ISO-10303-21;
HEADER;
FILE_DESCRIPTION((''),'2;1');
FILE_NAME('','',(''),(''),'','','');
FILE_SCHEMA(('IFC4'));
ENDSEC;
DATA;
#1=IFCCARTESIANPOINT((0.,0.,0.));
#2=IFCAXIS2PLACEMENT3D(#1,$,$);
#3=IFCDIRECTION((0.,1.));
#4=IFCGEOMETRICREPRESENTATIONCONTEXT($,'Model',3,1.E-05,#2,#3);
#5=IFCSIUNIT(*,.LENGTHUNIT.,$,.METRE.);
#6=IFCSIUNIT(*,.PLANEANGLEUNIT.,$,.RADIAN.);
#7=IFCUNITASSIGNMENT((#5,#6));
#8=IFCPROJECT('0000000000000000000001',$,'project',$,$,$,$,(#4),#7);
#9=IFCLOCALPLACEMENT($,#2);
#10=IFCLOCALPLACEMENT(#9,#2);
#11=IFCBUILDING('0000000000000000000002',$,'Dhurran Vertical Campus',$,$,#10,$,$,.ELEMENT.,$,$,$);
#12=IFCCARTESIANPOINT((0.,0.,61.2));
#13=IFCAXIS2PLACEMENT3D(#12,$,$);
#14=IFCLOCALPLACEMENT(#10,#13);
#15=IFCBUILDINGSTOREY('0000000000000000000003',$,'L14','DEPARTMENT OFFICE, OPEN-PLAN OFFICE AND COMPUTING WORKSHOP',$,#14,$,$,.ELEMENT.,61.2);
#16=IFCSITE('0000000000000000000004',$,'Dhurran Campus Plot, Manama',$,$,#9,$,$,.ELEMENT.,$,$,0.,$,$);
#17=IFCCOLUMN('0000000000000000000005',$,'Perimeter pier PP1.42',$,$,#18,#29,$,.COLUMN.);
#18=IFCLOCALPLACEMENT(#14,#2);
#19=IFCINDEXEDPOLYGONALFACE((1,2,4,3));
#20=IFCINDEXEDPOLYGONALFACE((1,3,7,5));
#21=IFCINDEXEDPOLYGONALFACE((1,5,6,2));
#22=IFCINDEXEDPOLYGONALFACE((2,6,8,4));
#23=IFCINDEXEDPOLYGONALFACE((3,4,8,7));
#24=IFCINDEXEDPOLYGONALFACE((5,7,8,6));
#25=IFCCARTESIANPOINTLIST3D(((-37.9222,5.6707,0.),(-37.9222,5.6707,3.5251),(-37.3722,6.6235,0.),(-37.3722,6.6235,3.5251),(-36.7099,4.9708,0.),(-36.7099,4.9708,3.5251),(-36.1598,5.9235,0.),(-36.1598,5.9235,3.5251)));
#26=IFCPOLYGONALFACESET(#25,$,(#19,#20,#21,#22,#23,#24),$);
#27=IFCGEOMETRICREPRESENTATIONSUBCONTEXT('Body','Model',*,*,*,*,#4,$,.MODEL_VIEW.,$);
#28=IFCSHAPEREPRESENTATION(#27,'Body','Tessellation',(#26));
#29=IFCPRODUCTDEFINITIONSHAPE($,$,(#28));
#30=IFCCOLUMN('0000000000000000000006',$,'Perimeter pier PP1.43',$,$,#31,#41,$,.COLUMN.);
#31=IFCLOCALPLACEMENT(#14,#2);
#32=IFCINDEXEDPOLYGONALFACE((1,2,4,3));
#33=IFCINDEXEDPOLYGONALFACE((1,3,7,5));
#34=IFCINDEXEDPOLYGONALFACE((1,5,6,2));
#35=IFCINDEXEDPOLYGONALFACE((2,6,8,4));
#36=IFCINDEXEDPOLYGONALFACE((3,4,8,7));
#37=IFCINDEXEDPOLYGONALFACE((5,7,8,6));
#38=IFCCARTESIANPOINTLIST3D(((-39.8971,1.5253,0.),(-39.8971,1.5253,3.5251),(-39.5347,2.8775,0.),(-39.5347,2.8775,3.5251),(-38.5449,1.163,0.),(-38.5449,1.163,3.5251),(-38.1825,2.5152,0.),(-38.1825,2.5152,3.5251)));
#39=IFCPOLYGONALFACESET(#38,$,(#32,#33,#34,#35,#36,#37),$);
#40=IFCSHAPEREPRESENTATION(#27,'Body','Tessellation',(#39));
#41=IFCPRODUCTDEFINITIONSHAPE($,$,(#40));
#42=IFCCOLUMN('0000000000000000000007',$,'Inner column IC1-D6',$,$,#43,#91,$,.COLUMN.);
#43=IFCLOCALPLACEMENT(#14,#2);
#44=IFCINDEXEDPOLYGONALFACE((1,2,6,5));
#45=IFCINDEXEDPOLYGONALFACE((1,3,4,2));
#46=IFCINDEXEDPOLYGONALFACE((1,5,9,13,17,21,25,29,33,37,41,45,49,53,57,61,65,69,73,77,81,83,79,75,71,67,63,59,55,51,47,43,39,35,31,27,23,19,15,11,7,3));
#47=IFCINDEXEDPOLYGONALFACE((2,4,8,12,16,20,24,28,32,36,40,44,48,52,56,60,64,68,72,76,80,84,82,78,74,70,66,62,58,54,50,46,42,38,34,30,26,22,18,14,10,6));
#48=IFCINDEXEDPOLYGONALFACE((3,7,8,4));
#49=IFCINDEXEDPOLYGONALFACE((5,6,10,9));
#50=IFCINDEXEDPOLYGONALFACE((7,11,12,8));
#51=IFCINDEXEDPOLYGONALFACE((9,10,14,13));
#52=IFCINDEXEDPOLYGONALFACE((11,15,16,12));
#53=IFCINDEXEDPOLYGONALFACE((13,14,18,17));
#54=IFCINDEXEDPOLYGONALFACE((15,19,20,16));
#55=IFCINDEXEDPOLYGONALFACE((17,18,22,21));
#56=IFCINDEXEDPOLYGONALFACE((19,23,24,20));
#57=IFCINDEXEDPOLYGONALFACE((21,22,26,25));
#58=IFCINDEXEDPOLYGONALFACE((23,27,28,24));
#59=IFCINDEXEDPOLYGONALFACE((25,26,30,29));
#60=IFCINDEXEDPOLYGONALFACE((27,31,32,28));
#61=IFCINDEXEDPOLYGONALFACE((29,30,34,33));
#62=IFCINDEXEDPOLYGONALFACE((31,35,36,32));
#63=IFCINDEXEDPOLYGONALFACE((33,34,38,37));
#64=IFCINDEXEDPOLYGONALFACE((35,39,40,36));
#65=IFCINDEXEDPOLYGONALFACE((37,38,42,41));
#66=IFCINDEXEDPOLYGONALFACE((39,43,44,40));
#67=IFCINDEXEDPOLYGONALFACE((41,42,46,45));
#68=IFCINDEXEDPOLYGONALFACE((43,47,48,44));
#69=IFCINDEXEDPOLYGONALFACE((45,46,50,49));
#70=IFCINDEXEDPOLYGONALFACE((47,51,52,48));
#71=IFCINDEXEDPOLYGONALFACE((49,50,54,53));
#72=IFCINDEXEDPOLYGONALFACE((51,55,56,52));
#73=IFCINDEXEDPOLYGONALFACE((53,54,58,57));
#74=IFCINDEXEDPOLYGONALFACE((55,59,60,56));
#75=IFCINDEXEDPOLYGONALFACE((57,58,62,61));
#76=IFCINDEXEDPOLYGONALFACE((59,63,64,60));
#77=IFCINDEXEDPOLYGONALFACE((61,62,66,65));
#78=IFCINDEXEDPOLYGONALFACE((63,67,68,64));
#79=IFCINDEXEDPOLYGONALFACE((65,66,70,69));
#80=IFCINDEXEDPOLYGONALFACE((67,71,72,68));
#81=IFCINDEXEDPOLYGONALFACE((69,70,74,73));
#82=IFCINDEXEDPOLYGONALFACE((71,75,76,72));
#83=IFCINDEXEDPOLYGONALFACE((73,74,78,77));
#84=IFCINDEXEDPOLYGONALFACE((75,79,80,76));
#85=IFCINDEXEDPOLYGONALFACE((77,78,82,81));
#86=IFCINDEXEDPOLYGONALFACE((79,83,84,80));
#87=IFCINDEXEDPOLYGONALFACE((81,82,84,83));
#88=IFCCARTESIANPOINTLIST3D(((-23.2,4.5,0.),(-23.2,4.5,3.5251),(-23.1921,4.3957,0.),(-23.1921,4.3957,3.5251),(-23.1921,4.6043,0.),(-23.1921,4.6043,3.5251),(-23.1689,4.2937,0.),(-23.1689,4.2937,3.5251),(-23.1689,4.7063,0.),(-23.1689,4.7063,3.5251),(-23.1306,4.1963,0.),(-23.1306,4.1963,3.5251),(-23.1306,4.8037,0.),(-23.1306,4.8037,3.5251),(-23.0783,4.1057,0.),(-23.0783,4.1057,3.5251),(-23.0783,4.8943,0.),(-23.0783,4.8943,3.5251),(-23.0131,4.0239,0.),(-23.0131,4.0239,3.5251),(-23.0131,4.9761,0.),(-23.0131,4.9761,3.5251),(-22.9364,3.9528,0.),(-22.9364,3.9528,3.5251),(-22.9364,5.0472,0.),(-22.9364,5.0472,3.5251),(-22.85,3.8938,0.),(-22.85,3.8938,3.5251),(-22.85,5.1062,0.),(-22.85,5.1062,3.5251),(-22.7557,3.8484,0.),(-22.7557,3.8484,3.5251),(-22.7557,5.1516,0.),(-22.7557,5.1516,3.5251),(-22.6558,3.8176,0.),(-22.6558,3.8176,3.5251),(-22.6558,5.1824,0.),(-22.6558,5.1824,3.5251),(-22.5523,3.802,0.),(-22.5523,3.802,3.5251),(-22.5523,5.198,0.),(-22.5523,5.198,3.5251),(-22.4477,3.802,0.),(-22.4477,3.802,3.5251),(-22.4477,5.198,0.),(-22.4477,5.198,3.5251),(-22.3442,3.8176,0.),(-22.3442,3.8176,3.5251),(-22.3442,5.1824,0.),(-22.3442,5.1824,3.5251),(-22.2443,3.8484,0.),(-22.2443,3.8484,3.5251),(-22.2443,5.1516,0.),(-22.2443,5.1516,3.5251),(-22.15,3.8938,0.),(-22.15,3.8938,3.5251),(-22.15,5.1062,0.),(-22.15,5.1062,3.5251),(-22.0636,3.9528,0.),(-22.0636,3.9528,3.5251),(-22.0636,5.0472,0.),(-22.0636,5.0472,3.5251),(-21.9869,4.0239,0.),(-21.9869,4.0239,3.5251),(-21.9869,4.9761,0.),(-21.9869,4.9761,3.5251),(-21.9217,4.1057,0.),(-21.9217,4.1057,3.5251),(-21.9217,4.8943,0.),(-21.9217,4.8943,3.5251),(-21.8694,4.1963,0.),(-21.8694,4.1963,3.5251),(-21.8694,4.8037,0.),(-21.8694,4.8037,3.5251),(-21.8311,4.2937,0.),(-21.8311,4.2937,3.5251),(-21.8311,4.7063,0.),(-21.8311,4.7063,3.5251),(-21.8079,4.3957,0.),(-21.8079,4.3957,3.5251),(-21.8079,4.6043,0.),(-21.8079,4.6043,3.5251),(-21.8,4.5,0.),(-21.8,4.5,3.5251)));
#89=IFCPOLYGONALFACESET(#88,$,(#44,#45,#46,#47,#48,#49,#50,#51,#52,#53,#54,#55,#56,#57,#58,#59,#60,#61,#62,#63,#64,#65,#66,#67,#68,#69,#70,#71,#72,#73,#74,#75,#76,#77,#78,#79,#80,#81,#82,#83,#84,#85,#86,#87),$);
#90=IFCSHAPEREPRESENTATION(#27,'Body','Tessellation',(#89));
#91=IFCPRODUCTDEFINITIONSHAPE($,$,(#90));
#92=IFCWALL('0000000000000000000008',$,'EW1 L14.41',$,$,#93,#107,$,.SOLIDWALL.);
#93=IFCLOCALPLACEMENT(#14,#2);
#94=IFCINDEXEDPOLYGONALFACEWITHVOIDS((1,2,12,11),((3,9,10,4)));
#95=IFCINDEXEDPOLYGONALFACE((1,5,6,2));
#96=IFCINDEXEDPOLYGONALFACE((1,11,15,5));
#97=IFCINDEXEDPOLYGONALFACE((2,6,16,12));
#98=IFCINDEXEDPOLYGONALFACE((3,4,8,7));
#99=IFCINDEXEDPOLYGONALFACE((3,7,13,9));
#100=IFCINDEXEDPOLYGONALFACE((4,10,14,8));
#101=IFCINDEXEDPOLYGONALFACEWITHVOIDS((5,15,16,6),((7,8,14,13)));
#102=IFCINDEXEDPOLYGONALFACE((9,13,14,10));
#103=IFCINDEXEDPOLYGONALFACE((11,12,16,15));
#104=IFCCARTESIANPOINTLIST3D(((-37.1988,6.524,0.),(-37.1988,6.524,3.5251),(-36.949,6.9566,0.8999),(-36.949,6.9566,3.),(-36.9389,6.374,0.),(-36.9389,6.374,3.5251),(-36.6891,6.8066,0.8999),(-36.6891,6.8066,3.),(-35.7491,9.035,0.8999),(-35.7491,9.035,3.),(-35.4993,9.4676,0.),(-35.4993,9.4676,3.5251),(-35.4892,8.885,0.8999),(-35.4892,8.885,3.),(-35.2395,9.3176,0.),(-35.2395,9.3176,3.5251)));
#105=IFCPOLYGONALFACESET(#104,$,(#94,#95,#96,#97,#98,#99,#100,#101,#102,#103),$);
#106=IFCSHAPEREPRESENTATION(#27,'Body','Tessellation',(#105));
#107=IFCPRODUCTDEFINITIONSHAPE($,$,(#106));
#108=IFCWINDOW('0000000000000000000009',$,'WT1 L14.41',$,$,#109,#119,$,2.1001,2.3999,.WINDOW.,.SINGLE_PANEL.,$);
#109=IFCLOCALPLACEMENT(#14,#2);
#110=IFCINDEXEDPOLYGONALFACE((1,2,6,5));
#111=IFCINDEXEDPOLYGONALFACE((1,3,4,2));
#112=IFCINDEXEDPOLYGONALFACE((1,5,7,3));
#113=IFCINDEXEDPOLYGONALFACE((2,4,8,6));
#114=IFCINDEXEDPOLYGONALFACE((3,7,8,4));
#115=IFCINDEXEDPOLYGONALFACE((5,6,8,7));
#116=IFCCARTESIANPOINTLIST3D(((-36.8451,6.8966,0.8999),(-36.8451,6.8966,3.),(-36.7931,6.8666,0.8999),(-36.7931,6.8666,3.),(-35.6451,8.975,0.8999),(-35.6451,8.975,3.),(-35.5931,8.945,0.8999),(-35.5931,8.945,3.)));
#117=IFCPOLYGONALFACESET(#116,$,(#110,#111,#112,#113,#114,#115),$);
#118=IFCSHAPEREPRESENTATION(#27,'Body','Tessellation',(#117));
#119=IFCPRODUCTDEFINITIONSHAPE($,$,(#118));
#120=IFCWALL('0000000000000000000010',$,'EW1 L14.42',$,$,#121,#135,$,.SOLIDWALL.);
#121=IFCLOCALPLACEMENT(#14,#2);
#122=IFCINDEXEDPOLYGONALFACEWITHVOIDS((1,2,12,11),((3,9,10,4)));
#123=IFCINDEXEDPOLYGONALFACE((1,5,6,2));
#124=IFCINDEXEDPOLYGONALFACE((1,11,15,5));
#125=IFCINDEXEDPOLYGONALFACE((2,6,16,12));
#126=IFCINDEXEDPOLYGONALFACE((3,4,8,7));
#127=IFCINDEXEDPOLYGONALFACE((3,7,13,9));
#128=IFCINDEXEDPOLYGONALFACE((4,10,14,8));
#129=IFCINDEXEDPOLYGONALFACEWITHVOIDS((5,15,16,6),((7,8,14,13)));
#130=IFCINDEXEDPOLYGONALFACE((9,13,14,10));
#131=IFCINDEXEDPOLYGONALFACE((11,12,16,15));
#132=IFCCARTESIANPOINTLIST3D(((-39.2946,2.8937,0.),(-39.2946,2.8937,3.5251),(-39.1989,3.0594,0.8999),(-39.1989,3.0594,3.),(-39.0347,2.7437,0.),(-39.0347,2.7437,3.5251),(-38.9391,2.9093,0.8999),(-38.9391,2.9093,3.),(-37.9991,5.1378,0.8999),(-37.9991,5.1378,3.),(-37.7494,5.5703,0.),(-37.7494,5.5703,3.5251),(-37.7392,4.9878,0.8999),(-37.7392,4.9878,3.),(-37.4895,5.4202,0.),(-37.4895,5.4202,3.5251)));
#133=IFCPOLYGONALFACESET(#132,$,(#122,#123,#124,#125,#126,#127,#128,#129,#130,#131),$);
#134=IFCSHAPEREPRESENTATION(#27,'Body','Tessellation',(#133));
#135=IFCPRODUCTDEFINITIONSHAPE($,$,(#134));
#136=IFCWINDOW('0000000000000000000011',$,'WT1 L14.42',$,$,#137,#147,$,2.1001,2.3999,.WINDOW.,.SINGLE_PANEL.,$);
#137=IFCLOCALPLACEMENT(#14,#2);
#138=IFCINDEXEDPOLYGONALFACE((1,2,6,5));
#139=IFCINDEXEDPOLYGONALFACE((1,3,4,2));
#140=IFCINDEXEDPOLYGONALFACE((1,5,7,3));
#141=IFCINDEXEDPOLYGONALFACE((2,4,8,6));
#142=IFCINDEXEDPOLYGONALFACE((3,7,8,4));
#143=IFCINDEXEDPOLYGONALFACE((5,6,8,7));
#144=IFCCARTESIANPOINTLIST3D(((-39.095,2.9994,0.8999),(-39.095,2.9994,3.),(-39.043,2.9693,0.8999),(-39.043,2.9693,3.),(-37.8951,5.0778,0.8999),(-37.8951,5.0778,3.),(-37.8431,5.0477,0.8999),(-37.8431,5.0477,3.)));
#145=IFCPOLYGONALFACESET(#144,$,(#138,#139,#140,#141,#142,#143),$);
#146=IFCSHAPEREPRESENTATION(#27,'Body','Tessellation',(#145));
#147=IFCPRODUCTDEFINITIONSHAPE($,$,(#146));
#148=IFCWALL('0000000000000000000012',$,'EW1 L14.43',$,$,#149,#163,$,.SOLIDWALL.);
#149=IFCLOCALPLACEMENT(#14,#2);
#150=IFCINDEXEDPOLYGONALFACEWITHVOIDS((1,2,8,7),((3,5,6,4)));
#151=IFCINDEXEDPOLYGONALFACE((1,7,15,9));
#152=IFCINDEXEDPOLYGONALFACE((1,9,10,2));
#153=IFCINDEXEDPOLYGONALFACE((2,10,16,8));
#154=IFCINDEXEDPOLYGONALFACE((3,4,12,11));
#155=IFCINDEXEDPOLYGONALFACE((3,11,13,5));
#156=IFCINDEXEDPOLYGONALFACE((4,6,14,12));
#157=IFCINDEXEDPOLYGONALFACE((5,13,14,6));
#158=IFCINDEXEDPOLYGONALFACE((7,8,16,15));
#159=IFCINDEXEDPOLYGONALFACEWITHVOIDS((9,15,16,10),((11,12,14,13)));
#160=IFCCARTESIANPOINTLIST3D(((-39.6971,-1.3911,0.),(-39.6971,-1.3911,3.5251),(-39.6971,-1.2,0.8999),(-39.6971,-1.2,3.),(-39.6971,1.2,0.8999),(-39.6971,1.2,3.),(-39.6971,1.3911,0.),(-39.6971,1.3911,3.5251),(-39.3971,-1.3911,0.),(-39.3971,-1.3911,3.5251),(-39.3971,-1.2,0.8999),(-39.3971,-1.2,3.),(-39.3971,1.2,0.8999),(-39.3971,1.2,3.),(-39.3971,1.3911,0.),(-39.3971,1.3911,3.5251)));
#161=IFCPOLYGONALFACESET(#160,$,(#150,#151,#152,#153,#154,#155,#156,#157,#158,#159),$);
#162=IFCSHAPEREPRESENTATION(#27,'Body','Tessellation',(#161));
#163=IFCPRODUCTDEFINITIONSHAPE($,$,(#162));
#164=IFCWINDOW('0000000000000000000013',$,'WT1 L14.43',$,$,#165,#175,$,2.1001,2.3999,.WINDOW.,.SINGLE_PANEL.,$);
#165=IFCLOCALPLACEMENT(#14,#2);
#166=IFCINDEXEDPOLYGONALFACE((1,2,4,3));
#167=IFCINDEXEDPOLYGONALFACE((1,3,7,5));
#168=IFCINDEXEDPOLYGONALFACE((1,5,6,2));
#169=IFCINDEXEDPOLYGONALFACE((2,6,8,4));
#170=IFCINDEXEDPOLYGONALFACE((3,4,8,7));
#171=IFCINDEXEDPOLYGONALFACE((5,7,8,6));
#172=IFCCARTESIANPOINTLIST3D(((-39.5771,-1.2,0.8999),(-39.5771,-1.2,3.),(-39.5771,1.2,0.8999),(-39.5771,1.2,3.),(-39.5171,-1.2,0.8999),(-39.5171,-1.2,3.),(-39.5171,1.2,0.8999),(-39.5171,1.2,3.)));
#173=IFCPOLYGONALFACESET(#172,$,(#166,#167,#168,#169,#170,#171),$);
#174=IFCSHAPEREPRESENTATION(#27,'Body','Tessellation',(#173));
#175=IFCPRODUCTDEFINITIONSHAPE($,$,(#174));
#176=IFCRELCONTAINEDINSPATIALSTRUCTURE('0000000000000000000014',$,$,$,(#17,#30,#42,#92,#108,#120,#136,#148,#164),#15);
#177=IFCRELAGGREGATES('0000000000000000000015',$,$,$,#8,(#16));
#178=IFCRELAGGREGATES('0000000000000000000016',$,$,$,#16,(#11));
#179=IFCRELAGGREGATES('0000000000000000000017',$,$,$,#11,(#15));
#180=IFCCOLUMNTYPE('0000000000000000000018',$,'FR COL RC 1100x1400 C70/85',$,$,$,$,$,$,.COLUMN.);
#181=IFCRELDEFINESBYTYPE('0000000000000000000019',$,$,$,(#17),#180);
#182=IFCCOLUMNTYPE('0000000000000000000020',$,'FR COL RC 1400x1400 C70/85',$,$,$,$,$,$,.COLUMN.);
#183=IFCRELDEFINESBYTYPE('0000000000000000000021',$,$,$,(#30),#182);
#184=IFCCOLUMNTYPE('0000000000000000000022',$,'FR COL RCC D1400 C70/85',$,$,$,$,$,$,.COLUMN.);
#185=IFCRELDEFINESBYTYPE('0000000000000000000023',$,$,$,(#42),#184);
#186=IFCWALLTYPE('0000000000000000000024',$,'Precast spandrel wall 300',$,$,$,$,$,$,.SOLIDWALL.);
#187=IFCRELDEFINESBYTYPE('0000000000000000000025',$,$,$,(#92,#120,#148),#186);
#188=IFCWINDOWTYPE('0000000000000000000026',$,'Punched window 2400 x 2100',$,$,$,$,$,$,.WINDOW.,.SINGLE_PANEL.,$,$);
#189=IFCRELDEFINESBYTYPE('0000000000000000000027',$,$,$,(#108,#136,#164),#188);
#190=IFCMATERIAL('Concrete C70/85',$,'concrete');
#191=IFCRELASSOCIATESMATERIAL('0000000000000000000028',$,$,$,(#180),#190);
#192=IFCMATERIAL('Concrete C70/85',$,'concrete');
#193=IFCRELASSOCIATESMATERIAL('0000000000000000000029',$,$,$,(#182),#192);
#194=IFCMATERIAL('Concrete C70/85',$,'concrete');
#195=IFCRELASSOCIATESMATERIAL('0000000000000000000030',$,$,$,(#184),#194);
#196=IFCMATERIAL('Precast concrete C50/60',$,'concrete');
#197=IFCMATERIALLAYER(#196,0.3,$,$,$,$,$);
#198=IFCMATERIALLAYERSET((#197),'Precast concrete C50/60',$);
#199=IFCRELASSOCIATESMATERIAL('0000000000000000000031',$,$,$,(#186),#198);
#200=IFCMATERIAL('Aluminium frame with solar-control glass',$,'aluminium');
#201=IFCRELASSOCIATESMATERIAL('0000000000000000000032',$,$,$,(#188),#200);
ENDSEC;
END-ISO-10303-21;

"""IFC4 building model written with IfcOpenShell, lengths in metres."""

from ifc_helpers import new_model, si_unit, direction, frame, frame_2d, origin, origin_2d, place, context, subcontext, project, spatial, rectangle, circle, extrude, material, layer, layer_set, material_profile, profile_set, type_object, element, fill, save


model = new_model("IFC4")

# Units and contexts
model_context = context("Model", 3, precision=1e-05, world=origin(), true_north=direction((0.0, 1.0)))
body_context = subcontext(model_context, "Body", "Model", "MODEL_VIEW")
ifc_project = project(units=[si_unit("LENGTHUNIT", "METRE"), si_unit("PLANEANGLEUNIT", "RADIAN")], contexts=[model_context])

# Site, building, storey
site_placement = place(None, origin())
site = spatial("IfcSite", under=ifc_project, at=site_placement, Name="Dhurran Campus Plot, Manama", CompositionType="ELEMENT", RefElevation=0.0)
building_placement = place(site_placement, origin())
building = spatial("IfcBuilding", under=site, at=building_placement, Name="Dhurran Vertical Campus", CompositionType="ELEMENT")
storey_placement = place(building_placement, frame((0.0, 0.0, 61.2)))
storey = spatial("IfcBuildingStorey", under=building, at=storey_placement, Name="L14", Description="DEPARTMENT OFFICE, OPEN-PLAN OFFICE AND COMPUTING WORKSHOP", CompositionType="ELEMENT", Elevation=61.2)

# Columns
ifc_material_1 = material(Name="Concrete C70/85", Category="concrete")
ifc_material_profile_1 = material_profile(ifc_material_1, rectangle(XDim=1.1001, YDim=1.3999, at=origin_2d()), Name="RC 1100x1400")
ifc_profile_set_1 = profile_set([ifc_material_profile_1], Name="Concrete C70/85")
column_type_1 = type_object("IfcColumnType", Name="FR COL RC 1100x1400 C70/85", PredefinedType="COLUMN", material=ifc_profile_set_1)
column_1_placement = place(storey_placement, frame((-37.041, 5.7971, 0.0), z_axis=(0.0, 0.0, 1.0), x_axis=(-0.5, -0.866025, 0.0)))
element("IfcColumn", 1, at=column_1_placement, inside=storey, type_object=column_type_1, Name="Perimeter pier PP1.42", PredefinedType="COLUMN", context=body_context, shape_type="SweptSolid", body=[
    extrude(rectangle(XDim=1.1001, YDim=1.3999, at=origin_2d()), origin(), (0.0, 0.0, 1.0), 3.5251),
])
ifc_material_2 = material(Name="Concrete C70/85", Category="concrete")
ifc_material_profile_2 = material_profile(ifc_material_2, rectangle(XDim=1.3999, YDim=1.3999, at=origin_2d()), Name="RC 1400x1400")
ifc_profile_set_2 = profile_set([ifc_material_profile_2], Name="Concrete C70/85")
column_type_2 = type_object("IfcColumnType", Name="FR COL RC 1400x1400 C70/85", PredefinedType="COLUMN", material=ifc_profile_set_2)
column_2_placement = place(storey_placement, frame((-39.0398, 2.0203, 0.0), z_axis=(0.0, 0.0, 1.0), x_axis=(-0.258819, -0.965926, 0.0)))
element("IfcColumn", 2, at=column_2_placement, inside=storey, type_object=column_type_2, Name="Perimeter pier PP1.43", PredefinedType="COLUMN", context=body_context, shape_type="SweptSolid", body=[
    extrude(rectangle(XDim=1.3999, YDim=1.3999, at=origin_2d()), origin(), (0.0, 0.0, 1.0), 3.5251),
])
ifc_material_3 = material(Name="Concrete C70/85", Category="concrete")
ifc_material_profile_3 = material_profile(ifc_material_3, circle(Radius=0.7, at=origin_2d()), Name="RCC D1400")
ifc_profile_set_3 = profile_set([ifc_material_profile_3], Name="Concrete C70/85")
column_type_3 = type_object("IfcColumnType", Name="FR COL RCC D1400 C70/85", PredefinedType="COLUMN", material=ifc_profile_set_3)
column_3_placement = place(storey_placement, frame((-22.5, 4.5, 0.0), z_axis=(0.0, 0.0, 1.0), x_axis=(1.0, 0.0, 0.0)))
element("IfcColumn", 3, at=column_3_placement, inside=storey, type_object=column_type_3, Name="Inner column IC1-D6", PredefinedType="COLUMN", context=body_context, shape_type="SweptSolid", body=[
    extrude(circle(Radius=0.7, at=origin_2d()), origin(), (0.0, 0.0, 1.0), 3.5251),
])

# Walls, openings, windows
ifc_material_4 = material(Name="Precast concrete C50/60", Category="concrete")
ifc_layer_1 = layer(ifc_material_4, 0.3)
ifc_layer_set_1 = layer_set([ifc_layer_1], Name="Precast concrete C50/60")
wall_type_1 = type_object("IfcWallType", Name="Precast spandrel wall 300", PredefinedType="SOLIDWALL", material=ifc_layer_set_1)
wall_1_placement = place(storey_placement, frame((-35.3694, 9.3926, 0.0), z_axis=(0.0, 0.0, 1.0), x_axis=(-0.499994, -0.866029, 0.0)))
wall_1 = element("IfcWall", 4, at=wall_1_placement, inside=storey, type_object=wall_type_1, Name="EW1 L14.41", PredefinedType="SOLIDWALL", context=body_context, shape_type="SweptSolid", body=[
    extrude(rectangle(XDim=3.3989, YDim=0.3, at=frame_2d((1.6995, 0.0))), origin(), (0.0, 0.0, 1.0), 3.5251),
])
opening_1_placement = place(wall_1_placement, frame((0.4995, 0.0, 0.8999)))
opening_1 = element("IfcOpeningElement", 5, at=opening_1_placement, cuts=wall_1, PredefinedType="OPENING", context=body_context, shape_type="SweptSolid", body=[
    extrude(rectangle(XDim=2.3999, YDim=2.1001, at=frame_2d((1.2, 1.05))), frame((0.0, 0.1599, 0.0), z_axis=(0.0, -1.0, 0.0), x_axis=(1.0, 0.0, 0.0)), (0.0, 0.0, 1.0), 0.3201),
])
ifc_material_5 = material(Name="Aluminium frame with solar-control glass", Category="aluminium")
window_type = type_object("IfcWindowType", Name="Punched window 2400 x 2100", PartitioningType="SINGLE_PANEL", PredefinedType="WINDOW", material=ifc_material_5)
window_1_placement = place(opening_1_placement, origin())
window_1 = element("IfcWindow", 6, at=window_1_placement, inside=storey, type_object=window_type, Name="WT1 L14.41", OverallHeight=2.1001, OverallWidth=2.3999, PartitioningType="SINGLE_PANEL", PredefinedType="WINDOW", context=body_context, shape_type="SweptSolid", body=[
    extrude(rectangle(XDim=2.3999, YDim=2.1001, at=frame_2d((1.2, 1.05))), frame((0.0, 0.03, 0.0), z_axis=(0.0, -1.0, 0.0), x_axis=(1.0, 0.0, 0.0)), (0.0, 0.0, 1.0), 0.0601),
])
fill(opening_1, window_1)
wall_2_placement = place(storey_placement, frame((-37.6194, 5.4954, 0.0), z_axis=(0.0, 0.0, 1.0), x_axis=(-0.499971, -0.866042, 0.0)))
wall_2 = element("IfcWall", 7, at=wall_2_placement, inside=storey, type_object=wall_type_1, Name="EW1 L14.42", PredefinedType="SOLIDWALL", context=body_context, shape_type="SweptSolid", body=[
    extrude(rectangle(XDim=3.0906, YDim=0.3, at=frame_2d((1.5454, 0.0))), origin(), (0.0, 0.0, 1.0), 3.5251),
])
opening_2_placement = place(wall_2_placement, frame((0.4995, 0.0, 0.8999)))
opening_2 = element("IfcOpeningElement", 8, at=opening_2_placement, cuts=wall_2, PredefinedType="OPENING", context=body_context, shape_type="SweptSolid", body=[
    extrude(rectangle(XDim=2.3999, YDim=2.1001, at=frame_2d((1.2, 1.05))), frame((0.0, 0.1599, 0.0), z_axis=(0.0, -1.0, 0.0), x_axis=(1.0, 0.0, 0.0)), (0.0, 0.0, 1.0), 0.3201),
])
window_2_placement = place(opening_2_placement, origin())
window_2 = element("IfcWindow", 9, at=window_2_placement, inside=storey, type_object=window_type, Name="WT1 L14.42", OverallHeight=2.1001, OverallWidth=2.3999, PartitioningType="SINGLE_PANEL", PredefinedType="WINDOW", context=body_context, shape_type="SweptSolid", body=[
    extrude(rectangle(XDim=2.3999, YDim=2.1001, at=frame_2d((1.2, 1.05))), frame((0.0, 0.03, 0.0), z_axis=(0.0, -1.0, 0.0), x_axis=(1.0, 0.0, 0.0)), (0.0, 0.0, 1.0), 0.0601),
])
fill(opening_2, window_2)
wall_3_placement = place(storey_placement, frame((-39.5471, 1.3911, 0.0), z_axis=(0.0, 0.0, 1.0), x_axis=(0.0, -1.0, 0.0)))
wall_3 = element("IfcWall", 10, at=wall_3_placement, inside=storey, type_object=wall_type_1, Name="EW1 L14.43", PredefinedType="SOLIDWALL", context=body_context, shape_type="SweptSolid", body=[
    extrude(rectangle(XDim=2.7822, YDim=0.3, at=frame_2d((1.3911, 0.0))), origin(), (0.0, 0.0, 1.0), 3.5251),
])
opening_3_placement = place(wall_3_placement, frame((0.1912, 0.0, 0.8999)))
opening_3 = element("IfcOpeningElement", 11, at=opening_3_placement, cuts=wall_3, PredefinedType="OPENING", context=body_context, shape_type="SweptSolid", body=[
    extrude(rectangle(XDim=2.3999, YDim=2.1001, at=frame_2d((1.2, 1.05))), frame((0.0, 0.1599, 0.0), z_axis=(0.0, -1.0, 0.0), x_axis=(1.0, 0.0, 0.0)), (0.0, 0.0, 1.0), 0.3201),
])
window_3_placement = place(opening_3_placement, origin())
window_3 = element("IfcWindow", 12, at=window_3_placement, inside=storey, type_object=window_type, Name="WT1 L14.43", OverallHeight=2.1001, OverallWidth=2.3999, PartitioningType="SINGLE_PANEL", PredefinedType="WINDOW", context=body_context, shape_type="SweptSolid", body=[
    extrude(rectangle(XDim=2.3999, YDim=2.1001, at=frame_2d((1.2, 1.05))), frame((0.0, 0.03, 0.0), z_axis=(0.0, -1.0, 0.0), x_axis=(1.0, 0.0, 0.0)), (0.0, 0.0, 1.0), 0.0601),
])
fill(opening_3, window_3)

save(model, "model.ifc")
